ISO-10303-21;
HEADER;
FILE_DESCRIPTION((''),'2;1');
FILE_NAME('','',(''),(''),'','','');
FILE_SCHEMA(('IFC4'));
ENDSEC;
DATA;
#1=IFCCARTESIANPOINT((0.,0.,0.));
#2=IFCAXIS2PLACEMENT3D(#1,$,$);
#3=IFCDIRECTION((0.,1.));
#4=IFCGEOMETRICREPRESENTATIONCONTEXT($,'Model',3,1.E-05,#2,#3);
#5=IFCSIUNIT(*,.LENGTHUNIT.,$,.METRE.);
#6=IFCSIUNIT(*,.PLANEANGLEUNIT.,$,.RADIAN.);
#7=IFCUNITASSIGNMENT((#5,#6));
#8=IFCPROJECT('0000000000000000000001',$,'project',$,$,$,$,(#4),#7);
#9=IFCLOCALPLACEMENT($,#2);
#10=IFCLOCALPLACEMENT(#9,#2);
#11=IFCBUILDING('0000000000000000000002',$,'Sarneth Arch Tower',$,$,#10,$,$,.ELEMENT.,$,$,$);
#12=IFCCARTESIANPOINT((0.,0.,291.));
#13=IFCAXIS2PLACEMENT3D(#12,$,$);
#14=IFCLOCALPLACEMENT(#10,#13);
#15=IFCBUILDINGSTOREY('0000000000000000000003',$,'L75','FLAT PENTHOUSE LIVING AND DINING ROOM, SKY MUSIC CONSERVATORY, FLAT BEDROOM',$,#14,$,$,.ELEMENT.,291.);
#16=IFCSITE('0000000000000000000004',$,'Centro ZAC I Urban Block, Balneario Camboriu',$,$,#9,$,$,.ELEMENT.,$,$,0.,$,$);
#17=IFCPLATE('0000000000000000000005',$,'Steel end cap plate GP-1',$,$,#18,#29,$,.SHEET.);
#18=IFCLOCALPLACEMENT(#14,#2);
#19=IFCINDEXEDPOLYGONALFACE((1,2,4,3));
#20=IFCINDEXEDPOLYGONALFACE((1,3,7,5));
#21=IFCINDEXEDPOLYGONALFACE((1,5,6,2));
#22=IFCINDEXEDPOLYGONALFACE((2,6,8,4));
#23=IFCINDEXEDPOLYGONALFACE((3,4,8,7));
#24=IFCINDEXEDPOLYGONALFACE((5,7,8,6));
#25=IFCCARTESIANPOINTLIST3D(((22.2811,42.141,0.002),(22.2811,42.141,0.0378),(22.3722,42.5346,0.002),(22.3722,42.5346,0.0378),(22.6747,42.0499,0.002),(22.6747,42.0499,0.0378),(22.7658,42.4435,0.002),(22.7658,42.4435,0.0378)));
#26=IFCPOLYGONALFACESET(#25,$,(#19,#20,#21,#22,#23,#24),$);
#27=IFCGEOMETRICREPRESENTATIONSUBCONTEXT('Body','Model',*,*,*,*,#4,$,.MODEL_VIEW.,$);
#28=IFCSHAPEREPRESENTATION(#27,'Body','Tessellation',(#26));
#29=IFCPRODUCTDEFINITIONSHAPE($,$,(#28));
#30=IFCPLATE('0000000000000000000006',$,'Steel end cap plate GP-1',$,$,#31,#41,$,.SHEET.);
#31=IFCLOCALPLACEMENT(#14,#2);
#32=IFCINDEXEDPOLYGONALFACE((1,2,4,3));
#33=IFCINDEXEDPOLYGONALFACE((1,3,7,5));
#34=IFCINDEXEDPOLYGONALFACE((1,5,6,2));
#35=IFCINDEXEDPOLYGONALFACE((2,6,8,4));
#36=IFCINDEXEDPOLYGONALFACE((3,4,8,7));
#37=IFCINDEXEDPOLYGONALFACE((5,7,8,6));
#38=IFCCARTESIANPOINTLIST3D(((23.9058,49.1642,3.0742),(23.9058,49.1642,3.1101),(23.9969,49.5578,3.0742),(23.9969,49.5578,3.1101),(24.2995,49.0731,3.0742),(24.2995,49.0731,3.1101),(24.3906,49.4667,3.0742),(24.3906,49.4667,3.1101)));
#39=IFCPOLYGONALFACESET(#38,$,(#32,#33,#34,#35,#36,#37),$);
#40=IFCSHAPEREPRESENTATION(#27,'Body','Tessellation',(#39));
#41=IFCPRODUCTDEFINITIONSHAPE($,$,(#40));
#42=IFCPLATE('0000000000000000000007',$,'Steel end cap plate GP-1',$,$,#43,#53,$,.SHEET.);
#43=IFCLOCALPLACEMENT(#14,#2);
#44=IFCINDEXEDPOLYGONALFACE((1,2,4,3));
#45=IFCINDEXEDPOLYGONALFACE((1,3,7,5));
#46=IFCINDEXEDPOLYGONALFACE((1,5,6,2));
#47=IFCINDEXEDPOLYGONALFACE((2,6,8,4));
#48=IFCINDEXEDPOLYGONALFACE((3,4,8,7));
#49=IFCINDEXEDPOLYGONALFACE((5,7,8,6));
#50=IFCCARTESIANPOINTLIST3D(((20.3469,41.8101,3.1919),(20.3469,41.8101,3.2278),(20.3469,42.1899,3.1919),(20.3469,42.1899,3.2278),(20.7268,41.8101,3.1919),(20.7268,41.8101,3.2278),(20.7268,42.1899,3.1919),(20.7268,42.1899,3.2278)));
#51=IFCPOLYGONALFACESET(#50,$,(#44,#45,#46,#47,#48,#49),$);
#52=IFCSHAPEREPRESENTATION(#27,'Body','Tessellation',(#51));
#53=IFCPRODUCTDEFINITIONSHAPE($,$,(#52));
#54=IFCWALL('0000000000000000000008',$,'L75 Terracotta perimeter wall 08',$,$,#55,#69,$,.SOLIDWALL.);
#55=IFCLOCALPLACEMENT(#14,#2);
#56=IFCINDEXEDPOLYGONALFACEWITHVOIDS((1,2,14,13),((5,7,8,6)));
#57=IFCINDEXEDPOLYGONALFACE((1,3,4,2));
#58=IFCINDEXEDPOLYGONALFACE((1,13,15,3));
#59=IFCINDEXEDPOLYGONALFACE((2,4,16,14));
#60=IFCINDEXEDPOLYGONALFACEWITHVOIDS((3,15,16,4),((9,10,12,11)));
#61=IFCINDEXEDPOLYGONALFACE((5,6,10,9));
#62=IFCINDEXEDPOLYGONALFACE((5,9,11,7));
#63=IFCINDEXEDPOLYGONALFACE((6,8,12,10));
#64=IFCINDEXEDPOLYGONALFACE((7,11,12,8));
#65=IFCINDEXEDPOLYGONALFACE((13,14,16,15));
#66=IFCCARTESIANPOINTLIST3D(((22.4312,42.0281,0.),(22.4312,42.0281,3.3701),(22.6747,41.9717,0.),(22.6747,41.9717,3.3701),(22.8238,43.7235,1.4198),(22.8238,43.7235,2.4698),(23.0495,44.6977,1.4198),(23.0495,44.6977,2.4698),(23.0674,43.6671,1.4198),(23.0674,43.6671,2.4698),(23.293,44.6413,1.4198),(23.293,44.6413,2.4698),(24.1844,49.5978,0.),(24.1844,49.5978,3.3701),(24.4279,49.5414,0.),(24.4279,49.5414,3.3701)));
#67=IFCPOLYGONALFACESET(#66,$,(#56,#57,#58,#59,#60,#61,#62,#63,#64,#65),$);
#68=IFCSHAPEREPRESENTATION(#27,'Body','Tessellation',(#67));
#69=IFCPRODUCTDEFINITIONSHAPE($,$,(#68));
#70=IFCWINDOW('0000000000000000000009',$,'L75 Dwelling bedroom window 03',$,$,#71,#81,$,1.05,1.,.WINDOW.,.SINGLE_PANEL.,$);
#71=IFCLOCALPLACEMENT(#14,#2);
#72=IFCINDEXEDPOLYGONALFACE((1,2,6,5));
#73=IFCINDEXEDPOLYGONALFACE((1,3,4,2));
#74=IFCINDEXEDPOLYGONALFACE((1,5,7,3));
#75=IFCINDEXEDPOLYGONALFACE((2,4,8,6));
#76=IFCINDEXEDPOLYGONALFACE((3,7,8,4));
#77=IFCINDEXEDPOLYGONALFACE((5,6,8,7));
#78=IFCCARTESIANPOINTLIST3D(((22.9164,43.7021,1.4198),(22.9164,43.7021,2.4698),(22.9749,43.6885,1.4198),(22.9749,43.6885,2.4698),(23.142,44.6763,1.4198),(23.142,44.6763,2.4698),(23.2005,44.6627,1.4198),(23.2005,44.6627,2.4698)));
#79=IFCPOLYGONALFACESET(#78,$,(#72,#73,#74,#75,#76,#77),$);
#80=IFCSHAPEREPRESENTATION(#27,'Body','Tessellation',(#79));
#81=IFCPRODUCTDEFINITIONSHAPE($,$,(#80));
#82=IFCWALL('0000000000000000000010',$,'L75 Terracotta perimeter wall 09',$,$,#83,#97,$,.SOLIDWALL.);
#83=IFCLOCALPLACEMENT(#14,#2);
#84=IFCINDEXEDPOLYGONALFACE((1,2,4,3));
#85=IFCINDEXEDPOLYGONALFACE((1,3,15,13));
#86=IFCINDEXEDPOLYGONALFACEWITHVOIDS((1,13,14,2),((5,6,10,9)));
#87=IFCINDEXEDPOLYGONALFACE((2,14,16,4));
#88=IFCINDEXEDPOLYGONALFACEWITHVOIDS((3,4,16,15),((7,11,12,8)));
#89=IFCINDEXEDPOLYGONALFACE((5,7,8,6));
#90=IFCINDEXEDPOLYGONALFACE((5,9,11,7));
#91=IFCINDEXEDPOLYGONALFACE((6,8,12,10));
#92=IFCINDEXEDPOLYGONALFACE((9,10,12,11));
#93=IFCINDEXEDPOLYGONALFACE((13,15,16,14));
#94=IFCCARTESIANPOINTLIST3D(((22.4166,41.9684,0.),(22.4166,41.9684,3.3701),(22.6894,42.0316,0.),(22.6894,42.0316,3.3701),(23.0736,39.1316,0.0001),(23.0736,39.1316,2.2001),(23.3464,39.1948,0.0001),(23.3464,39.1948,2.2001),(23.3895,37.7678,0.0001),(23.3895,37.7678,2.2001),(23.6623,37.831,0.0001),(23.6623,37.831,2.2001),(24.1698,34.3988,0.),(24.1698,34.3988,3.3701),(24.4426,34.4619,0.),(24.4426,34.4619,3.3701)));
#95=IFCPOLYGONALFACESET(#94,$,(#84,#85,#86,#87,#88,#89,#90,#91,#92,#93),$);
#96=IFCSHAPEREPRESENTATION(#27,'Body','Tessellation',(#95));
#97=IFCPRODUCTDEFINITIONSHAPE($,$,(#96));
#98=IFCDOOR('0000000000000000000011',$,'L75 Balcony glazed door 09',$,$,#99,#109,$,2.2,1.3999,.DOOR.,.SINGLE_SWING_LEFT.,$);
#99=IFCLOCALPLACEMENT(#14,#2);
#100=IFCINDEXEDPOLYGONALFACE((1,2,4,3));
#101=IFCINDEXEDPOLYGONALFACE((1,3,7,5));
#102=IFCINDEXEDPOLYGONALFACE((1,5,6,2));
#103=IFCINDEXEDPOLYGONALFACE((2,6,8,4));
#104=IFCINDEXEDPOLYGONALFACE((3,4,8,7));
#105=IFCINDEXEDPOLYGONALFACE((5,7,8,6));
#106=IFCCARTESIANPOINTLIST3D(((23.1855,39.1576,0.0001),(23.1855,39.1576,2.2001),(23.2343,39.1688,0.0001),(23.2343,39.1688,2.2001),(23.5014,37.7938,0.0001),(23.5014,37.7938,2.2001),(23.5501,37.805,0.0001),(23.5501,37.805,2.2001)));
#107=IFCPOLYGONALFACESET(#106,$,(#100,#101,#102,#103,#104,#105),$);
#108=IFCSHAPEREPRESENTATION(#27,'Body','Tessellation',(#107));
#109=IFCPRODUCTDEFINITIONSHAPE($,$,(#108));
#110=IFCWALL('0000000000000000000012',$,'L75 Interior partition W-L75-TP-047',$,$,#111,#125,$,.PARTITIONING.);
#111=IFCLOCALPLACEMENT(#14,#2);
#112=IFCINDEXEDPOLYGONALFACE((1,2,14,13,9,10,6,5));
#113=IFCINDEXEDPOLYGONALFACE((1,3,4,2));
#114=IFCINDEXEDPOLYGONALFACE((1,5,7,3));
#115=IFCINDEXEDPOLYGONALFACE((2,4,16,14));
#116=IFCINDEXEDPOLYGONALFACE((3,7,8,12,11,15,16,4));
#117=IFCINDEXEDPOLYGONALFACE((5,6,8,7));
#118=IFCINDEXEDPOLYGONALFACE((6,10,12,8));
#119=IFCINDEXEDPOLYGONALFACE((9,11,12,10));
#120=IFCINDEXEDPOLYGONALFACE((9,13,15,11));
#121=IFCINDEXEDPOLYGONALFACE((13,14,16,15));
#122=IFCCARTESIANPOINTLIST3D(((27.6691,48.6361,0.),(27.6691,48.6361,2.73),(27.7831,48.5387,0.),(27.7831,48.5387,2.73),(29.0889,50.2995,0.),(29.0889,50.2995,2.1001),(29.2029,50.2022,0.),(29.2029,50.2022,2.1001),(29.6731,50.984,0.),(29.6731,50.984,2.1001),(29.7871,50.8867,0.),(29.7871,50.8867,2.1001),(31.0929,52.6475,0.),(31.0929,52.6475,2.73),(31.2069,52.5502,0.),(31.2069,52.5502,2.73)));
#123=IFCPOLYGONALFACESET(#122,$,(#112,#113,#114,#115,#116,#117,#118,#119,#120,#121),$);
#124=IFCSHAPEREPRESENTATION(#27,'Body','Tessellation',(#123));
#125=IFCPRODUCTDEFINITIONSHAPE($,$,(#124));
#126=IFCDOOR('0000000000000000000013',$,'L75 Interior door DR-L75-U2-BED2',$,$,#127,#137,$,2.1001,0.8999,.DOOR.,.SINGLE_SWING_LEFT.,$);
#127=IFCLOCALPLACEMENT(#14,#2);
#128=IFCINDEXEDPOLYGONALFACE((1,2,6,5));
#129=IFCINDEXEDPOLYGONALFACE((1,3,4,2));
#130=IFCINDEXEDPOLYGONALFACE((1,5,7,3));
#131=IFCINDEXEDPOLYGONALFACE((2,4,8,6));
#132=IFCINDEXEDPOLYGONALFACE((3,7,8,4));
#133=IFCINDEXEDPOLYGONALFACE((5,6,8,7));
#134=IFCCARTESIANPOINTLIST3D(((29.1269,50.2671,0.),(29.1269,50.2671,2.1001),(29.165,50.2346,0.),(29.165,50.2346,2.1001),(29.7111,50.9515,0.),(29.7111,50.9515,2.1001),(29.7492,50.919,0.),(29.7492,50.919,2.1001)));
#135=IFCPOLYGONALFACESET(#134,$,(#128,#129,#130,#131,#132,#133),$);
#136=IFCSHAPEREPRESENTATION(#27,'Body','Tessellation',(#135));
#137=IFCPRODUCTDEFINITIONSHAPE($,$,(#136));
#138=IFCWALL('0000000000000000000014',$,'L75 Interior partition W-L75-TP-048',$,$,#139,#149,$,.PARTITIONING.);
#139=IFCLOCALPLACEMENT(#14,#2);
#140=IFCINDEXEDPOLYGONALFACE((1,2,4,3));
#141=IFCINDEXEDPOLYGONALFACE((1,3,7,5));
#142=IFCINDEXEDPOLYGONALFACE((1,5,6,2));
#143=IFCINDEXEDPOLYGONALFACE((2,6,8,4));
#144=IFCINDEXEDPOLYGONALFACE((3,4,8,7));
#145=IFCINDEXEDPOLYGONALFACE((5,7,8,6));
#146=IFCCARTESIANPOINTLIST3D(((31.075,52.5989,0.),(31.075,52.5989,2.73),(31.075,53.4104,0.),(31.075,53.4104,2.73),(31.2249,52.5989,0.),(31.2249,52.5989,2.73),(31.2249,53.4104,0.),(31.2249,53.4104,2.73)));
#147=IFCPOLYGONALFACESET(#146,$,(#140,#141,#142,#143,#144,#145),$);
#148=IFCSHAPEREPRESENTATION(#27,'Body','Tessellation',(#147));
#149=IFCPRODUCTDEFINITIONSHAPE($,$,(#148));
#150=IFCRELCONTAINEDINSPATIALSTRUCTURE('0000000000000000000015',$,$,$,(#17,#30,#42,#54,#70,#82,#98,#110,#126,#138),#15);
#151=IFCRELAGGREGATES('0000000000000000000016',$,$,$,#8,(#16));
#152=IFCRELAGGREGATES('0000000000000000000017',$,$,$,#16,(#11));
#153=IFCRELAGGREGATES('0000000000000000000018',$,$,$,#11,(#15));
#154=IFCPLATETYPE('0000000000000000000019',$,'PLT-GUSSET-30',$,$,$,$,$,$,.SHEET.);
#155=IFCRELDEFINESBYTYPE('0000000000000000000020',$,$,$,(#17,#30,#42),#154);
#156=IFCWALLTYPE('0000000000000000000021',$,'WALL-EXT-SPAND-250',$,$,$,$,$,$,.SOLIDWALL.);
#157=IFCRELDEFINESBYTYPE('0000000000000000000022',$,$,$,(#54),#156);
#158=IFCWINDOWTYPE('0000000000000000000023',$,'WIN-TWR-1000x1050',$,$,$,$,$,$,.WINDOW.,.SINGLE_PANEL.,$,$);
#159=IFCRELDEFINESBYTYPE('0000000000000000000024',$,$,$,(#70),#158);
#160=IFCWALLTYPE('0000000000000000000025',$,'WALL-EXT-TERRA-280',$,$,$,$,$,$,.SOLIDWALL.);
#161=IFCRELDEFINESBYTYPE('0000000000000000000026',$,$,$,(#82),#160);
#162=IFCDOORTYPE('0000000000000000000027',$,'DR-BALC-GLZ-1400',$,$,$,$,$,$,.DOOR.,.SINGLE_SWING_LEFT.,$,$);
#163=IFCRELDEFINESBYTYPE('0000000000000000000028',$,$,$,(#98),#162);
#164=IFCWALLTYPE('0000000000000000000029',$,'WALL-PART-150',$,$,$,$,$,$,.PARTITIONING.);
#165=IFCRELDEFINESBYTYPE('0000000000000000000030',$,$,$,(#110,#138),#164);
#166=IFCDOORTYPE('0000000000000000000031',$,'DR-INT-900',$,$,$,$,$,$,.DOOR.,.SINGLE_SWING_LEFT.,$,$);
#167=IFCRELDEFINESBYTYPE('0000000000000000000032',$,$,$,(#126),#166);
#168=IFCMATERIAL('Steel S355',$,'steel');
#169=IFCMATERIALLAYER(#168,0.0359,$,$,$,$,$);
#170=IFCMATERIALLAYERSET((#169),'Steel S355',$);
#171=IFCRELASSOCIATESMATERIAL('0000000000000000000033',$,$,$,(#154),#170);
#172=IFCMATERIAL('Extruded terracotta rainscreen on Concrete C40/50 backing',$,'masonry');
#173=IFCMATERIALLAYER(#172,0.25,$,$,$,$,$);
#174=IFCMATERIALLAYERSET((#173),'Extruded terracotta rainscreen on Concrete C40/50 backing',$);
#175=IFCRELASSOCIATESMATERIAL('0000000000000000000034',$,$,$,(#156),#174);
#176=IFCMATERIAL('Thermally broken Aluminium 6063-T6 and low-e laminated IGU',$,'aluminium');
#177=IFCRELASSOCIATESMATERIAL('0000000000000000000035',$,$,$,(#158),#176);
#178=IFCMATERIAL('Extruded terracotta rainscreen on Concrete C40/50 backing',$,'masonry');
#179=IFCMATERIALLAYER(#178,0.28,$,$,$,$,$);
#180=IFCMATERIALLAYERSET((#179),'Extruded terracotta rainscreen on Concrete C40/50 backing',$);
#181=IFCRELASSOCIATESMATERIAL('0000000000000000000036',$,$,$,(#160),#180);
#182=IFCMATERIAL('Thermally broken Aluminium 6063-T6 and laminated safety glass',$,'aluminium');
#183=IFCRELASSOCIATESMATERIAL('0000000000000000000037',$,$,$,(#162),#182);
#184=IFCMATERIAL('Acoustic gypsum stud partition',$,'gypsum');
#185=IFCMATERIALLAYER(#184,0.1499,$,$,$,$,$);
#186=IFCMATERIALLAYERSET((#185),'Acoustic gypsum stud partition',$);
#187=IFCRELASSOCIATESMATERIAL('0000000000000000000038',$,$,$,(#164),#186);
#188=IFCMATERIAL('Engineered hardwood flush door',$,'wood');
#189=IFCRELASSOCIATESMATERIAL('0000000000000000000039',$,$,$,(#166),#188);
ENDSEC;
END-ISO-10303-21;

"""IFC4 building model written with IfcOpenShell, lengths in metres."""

from ifc_helpers import new_model, si_unit, direction, frame, frame_2d, origin, origin_2d, place, context, subcontext, project, spatial, rectangle, extrude, material, layer, layer_set, type_object, element, fill, save


model = new_model("IFC4")

# Units and contexts
model_context = context("Model", 3, precision=1e-05, world=origin(), true_north=direction((0.0, 1.0)))
body_context = subcontext(model_context, "Body", "Model", "MODEL_VIEW")
ifc_project = project(units=[si_unit("LENGTHUNIT", "METRE"), si_unit("PLANEANGLEUNIT", "RADIAN")], contexts=[model_context])

# Site, building, storey
site_placement = place(None, origin())
site = spatial("IfcSite", under=ifc_project, at=site_placement, Name="Centro ZAC I Urban Block, Balneario Camboriu", CompositionType="ELEMENT", RefElevation=0.0)
building_placement = place(site_placement, origin())
building = spatial("IfcBuilding", under=site, at=building_placement, Name="Sarneth Arch Tower", CompositionType="ELEMENT")
storey_placement = place(building_placement, frame((0.0, 0.0, 291.0)))
storey = spatial("IfcBuildingStorey", under=building, at=storey_placement, Name="L75", Description="FLAT PENTHOUSE LIVING AND DINING ROOM, SKY MUSIC CONSERVATORY, FLAT BEDROOM", CompositionType="ELEMENT", Elevation=291.0)

# Plates
ifc_material_1 = material(Name="Steel S355", Category="steel")
ifc_layer_1 = layer(ifc_material_1, 0.0359)
ifc_layer_set_1 = layer_set([ifc_layer_1], Name="Steel S355")
plate_type = type_object("IfcPlateType", Name="PLT-GUSSET-30", PredefinedType="SHEET", material=ifc_layer_set_1)
for number, where, z_axis, x_axis, name in (
    (1, (22.5234, 42.2922, 0.002), (0.0, 0.0, 1.0), (-0.225461, -0.974252, 0.0), "Steel end cap plate GP-1"),
    (2, (24.1482, 49.3154, 3.0742), (0.0, 0.0, 1.0), (-0.225461, -0.974252, 0.0), "Steel end cap plate GP-1"),
):
    element("IfcPlate", number, at=place(storey_placement, frame(where, z_axis=z_axis, x_axis=x_axis)), inside=storey, type_object=plate_type, Name=name, PredefinedType="SHEET", context=body_context, shape_type="SweptSolid", body=[
        extrude(rectangle(XDim=0.4041, YDim=0.4041, at=origin_2d()), origin(), (0.0, 0.0, 1.0), 0.0359),
    ])
plate_placement = place(storey_placement, frame((20.5369, 42.0, 3.1919), z_axis=(0.0, 0.0, 1.0), x_axis=(-1.0, 0.0, 0.0)))
element("IfcPlate", 3, at=plate_placement, inside=storey, type_object=plate_type, Name="Steel end cap plate GP-1", PredefinedType="SHEET", context=body_context, shape_type="SweptSolid", body=[
    extrude(rectangle(XDim=0.3799, YDim=0.3799, at=origin_2d()), origin(), (0.0, 0.0, 1.0), 0.0359),
])

# Wall, opening, window
ifc_material_2 = material(Name="Extruded terracotta rainscreen on Concrete C40/50 backing", Category="masonry")
ifc_layer_2 = layer(ifc_material_2, 0.25)
ifc_layer_set_2 = layer_set([ifc_layer_2], Name="Extruded terracotta rainscreen on Concrete C40/50 backing")
wall_type_1 = type_object("IfcWallType", Name="WALL-EXT-SPAND-250", PredefinedType="SOLIDWALL", material=ifc_layer_set_2)
wall_1_placement = place(storey_placement, frame((24.3062, 49.5696, 0.0), z_axis=(0.0, 0.0, 1.0), x_axis=(-0.225635, -0.974212, 0.0)))
wall_1 = element("IfcWall", 4, at=wall_1_placement, inside=storey, type_object=wall_type_1, Name="L75 Terracotta perimeter wall 08", PredefinedType="SOLIDWALL", context=body_context, shape_type="SweptSolid", body=[
    extrude(rectangle(XDim=7.77, YDim=0.25, at=frame_2d((3.885, 0.0))), origin(), (0.0, 0.0, 1.0), 3.3701),
])
opening_1_placement = place(wall_1_placement, frame((5.0298, 0.0, 1.4199)))
opening_1 = element("IfcOpeningElement", 5, at=opening_1_placement, cuts=wall_1, PredefinedType="OPENING", context=body_context, shape_type="SweptSolid", body=[
    extrude(rectangle(XDim=1.0, YDim=1.05, at=frame_2d((0.5, 0.5249))), frame((0.0, 0.135, 0.0), z_axis=(0.0, -1.0, 0.0), x_axis=(1.0, 0.0, 0.0)), (0.0, 0.0, 1.0), 0.27),
])
ifc_material_3 = material(Name="Thermally broken Aluminium 6063-T6 and low-e laminated IGU", Category="aluminium")
window_type = type_object("IfcWindowType", Name="WIN-TWR-1000x1050", PartitioningType="SINGLE_PANEL", PredefinedType="WINDOW", material=ifc_material_3)
window_placement = place(opening_1_placement, origin())
window = element("IfcWindow", 6, at=window_placement, inside=storey, type_object=window_type, Name="L75 Dwelling bedroom window 03", OverallHeight=1.05, OverallWidth=1.0, PartitioningType="SINGLE_PANEL", PredefinedType="WINDOW", context=body_context, shape_type="SweptSolid", body=[
    extrude(rectangle(XDim=1.0, YDim=1.05, at=frame_2d((0.5, 0.5249))), frame((0.0, 0.03, 0.0), z_axis=(0.0, -1.0, 0.0), x_axis=(1.0, 0.0, 0.0)), (0.0, 0.0, 1.0), 0.0601),
])
fill(opening_1, window)

# Walls, openings, doors
ifc_material_4 = material(Name="Extruded terracotta rainscreen on Concrete C40/50 backing", Category="masonry")
ifc_layer_3 = layer(ifc_material_4, 0.28)
ifc_layer_set_3 = layer_set([ifc_layer_3], Name="Extruded terracotta rainscreen on Concrete C40/50 backing")
wall_type_2 = type_object("IfcWallType", Name="WALL-EXT-TERRA-280", PredefinedType="SOLIDWALL", material=ifc_layer_set_3)
wall_2_placement = place(storey_placement, frame((22.553, 42.0, 0.0), z_axis=(0.0, 0.0, 1.0), x_axis=(0.225635, -0.974212, 0.0)))
wall_2 = element("IfcWall", 7, at=wall_2_placement, inside=storey, type_object=wall_type_2, Name="L75 Terracotta perimeter wall 09", PredefinedType="SOLIDWALL", context=body_context, shape_type="SweptSolid", body=[
    extrude(rectangle(XDim=7.77, YDim=0.28, at=frame_2d((3.885, 0.0))), origin(), (0.0, 0.0, 1.0), 3.3701),
])
opening_2_placement = place(wall_2_placement, frame((2.9119, 0.0, 0.0)))
opening_2 = element("IfcOpeningElement", 8, at=opening_2_placement, cuts=wall_2, PredefinedType="OPENING", context=body_context, shape_type="SweptSolid", body=[
    extrude(rectangle(XDim=1.3999, YDim=2.2, at=frame_2d((0.7, 1.1001))), frame((0.0, 0.1499, 0.0), z_axis=(0.0, -1.0, 0.0), x_axis=(1.0, 0.0, 0.0)), (0.0, 0.0, 1.0), 0.3),
])
ifc_material_5 = material(Name="Thermally broken Aluminium 6063-T6 and laminated safety glass", Category="aluminium")
door_type_1 = type_object("IfcDoorType", Name="DR-BALC-GLZ-1400", OperationType="SINGLE_SWING_LEFT", PredefinedType="DOOR", material=ifc_material_5)
door_1_placement = place(opening_2_placement, origin())
door_1 = element("IfcDoor", 9, at=door_1_placement, inside=storey, type_object=door_type_1, Name="L75 Balcony glazed door 09", OperationType="SINGLE_SWING_LEFT", OverallHeight=2.2, OverallWidth=1.3999, PredefinedType="DOOR", context=body_context, shape_type="SweptSolid", body=[
    extrude(rectangle(XDim=1.3999, YDim=2.2, at=frame_2d((0.7, 1.1001))), frame((0.0, 0.0249, 0.0), z_axis=(0.0, -1.0, 0.0), x_axis=(1.0, 0.0, 0.0)), (0.0, 0.0, 1.0), 0.05),
])
fill(opening_2, door_1)
ifc_material_6 = material(Name="Acoustic gypsum stud partition", Category="gypsum")
ifc_layer_4 = layer(ifc_material_6, 0.1499)
ifc_layer_set_4 = layer_set([ifc_layer_4], Name="Acoustic gypsum stud partition")
wall_type_3 = type_object("IfcWallType", Name="WALL-PART-150", PredefinedType="PARTITIONING", material=ifc_layer_set_4)
wall_3_placement = place(storey_placement, frame((27.7261, 48.5874, 0.0), z_axis=(0.0, 0.0, 1.0), x_axis=(0.649196, 0.760621, 0.0)))
wall_3 = element("IfcWall", 10, at=wall_3_placement, inside=storey, type_object=wall_type_3, Name="L75 Interior partition W-L75-TP-047", PredefinedType="PARTITIONING", context=body_context, shape_type="SweptSolid", body=[
    extrude(rectangle(XDim=5.2739, YDim=0.1499, at=frame_2d((2.637, 0.0))), origin(), (0.0, 0.0, 1.0), 2.73),
])
opening_3_placement = place(wall_3_placement, frame((2.187, 0.0, 0.0)))
opening_3 = element("IfcOpeningElement", 11, at=opening_3_placement, cuts=wall_3, PredefinedType="OPENING", context=body_context, shape_type="SweptSolid", body=[
    extrude(rectangle(XDim=0.8999, YDim=2.1001, at=frame_2d((0.45, 1.05))), frame((0.0, 0.085, 0.0), z_axis=(0.0, -1.0, 0.0), x_axis=(1.0, 0.0, 0.0)), (0.0, 0.0, 1.0), 0.1699),
])
ifc_material_7 = material(Name="Engineered hardwood flush door", Category="wood")
door_type_2 = type_object("IfcDoorType", Name="DR-INT-900", OperationType="SINGLE_SWING_LEFT", PredefinedType="DOOR", material=ifc_material_7)
door_2_placement = place(opening_3_placement, origin())
door_2 = element("IfcDoor", 12, at=door_2_placement, inside=storey, type_object=door_type_2, Name="L75 Interior door DR-L75-U2-BED2", OperationType="SINGLE_SWING_LEFT", OverallHeight=2.1001, OverallWidth=0.8999, PredefinedType="DOOR", context=body_context, shape_type="SweptSolid", body=[
    extrude(rectangle(XDim=0.8999, YDim=2.1001, at=frame_2d((0.45, 1.05))), frame((0.0, 0.0249, 0.0), z_axis=(0.0, -1.0, 0.0), x_axis=(1.0, 0.0, 0.0)), (0.0, 0.0, 1.0), 0.05),
])
fill(opening_3, door_2)

# Wall
wall_4_placement = place(storey_placement, frame((31.1499, 52.5989, 0.0), z_axis=(0.0, 0.0, 1.0), x_axis=(0.0, 1.0, 0.0)))
element("IfcWall", 13, at=wall_4_placement, inside=storey, type_object=wall_type_3, Name="L75 Interior partition W-L75-TP-048", PredefinedType="PARTITIONING", context=body_context, shape_type="SweptSolid", body=[
    extrude(rectangle(XDim=0.8115, YDim=0.1499, at=frame_2d((0.4058, 0.0))), origin(), (0.0, 0.0, 1.0), 2.73),
])

save(model, "model.ifc")
